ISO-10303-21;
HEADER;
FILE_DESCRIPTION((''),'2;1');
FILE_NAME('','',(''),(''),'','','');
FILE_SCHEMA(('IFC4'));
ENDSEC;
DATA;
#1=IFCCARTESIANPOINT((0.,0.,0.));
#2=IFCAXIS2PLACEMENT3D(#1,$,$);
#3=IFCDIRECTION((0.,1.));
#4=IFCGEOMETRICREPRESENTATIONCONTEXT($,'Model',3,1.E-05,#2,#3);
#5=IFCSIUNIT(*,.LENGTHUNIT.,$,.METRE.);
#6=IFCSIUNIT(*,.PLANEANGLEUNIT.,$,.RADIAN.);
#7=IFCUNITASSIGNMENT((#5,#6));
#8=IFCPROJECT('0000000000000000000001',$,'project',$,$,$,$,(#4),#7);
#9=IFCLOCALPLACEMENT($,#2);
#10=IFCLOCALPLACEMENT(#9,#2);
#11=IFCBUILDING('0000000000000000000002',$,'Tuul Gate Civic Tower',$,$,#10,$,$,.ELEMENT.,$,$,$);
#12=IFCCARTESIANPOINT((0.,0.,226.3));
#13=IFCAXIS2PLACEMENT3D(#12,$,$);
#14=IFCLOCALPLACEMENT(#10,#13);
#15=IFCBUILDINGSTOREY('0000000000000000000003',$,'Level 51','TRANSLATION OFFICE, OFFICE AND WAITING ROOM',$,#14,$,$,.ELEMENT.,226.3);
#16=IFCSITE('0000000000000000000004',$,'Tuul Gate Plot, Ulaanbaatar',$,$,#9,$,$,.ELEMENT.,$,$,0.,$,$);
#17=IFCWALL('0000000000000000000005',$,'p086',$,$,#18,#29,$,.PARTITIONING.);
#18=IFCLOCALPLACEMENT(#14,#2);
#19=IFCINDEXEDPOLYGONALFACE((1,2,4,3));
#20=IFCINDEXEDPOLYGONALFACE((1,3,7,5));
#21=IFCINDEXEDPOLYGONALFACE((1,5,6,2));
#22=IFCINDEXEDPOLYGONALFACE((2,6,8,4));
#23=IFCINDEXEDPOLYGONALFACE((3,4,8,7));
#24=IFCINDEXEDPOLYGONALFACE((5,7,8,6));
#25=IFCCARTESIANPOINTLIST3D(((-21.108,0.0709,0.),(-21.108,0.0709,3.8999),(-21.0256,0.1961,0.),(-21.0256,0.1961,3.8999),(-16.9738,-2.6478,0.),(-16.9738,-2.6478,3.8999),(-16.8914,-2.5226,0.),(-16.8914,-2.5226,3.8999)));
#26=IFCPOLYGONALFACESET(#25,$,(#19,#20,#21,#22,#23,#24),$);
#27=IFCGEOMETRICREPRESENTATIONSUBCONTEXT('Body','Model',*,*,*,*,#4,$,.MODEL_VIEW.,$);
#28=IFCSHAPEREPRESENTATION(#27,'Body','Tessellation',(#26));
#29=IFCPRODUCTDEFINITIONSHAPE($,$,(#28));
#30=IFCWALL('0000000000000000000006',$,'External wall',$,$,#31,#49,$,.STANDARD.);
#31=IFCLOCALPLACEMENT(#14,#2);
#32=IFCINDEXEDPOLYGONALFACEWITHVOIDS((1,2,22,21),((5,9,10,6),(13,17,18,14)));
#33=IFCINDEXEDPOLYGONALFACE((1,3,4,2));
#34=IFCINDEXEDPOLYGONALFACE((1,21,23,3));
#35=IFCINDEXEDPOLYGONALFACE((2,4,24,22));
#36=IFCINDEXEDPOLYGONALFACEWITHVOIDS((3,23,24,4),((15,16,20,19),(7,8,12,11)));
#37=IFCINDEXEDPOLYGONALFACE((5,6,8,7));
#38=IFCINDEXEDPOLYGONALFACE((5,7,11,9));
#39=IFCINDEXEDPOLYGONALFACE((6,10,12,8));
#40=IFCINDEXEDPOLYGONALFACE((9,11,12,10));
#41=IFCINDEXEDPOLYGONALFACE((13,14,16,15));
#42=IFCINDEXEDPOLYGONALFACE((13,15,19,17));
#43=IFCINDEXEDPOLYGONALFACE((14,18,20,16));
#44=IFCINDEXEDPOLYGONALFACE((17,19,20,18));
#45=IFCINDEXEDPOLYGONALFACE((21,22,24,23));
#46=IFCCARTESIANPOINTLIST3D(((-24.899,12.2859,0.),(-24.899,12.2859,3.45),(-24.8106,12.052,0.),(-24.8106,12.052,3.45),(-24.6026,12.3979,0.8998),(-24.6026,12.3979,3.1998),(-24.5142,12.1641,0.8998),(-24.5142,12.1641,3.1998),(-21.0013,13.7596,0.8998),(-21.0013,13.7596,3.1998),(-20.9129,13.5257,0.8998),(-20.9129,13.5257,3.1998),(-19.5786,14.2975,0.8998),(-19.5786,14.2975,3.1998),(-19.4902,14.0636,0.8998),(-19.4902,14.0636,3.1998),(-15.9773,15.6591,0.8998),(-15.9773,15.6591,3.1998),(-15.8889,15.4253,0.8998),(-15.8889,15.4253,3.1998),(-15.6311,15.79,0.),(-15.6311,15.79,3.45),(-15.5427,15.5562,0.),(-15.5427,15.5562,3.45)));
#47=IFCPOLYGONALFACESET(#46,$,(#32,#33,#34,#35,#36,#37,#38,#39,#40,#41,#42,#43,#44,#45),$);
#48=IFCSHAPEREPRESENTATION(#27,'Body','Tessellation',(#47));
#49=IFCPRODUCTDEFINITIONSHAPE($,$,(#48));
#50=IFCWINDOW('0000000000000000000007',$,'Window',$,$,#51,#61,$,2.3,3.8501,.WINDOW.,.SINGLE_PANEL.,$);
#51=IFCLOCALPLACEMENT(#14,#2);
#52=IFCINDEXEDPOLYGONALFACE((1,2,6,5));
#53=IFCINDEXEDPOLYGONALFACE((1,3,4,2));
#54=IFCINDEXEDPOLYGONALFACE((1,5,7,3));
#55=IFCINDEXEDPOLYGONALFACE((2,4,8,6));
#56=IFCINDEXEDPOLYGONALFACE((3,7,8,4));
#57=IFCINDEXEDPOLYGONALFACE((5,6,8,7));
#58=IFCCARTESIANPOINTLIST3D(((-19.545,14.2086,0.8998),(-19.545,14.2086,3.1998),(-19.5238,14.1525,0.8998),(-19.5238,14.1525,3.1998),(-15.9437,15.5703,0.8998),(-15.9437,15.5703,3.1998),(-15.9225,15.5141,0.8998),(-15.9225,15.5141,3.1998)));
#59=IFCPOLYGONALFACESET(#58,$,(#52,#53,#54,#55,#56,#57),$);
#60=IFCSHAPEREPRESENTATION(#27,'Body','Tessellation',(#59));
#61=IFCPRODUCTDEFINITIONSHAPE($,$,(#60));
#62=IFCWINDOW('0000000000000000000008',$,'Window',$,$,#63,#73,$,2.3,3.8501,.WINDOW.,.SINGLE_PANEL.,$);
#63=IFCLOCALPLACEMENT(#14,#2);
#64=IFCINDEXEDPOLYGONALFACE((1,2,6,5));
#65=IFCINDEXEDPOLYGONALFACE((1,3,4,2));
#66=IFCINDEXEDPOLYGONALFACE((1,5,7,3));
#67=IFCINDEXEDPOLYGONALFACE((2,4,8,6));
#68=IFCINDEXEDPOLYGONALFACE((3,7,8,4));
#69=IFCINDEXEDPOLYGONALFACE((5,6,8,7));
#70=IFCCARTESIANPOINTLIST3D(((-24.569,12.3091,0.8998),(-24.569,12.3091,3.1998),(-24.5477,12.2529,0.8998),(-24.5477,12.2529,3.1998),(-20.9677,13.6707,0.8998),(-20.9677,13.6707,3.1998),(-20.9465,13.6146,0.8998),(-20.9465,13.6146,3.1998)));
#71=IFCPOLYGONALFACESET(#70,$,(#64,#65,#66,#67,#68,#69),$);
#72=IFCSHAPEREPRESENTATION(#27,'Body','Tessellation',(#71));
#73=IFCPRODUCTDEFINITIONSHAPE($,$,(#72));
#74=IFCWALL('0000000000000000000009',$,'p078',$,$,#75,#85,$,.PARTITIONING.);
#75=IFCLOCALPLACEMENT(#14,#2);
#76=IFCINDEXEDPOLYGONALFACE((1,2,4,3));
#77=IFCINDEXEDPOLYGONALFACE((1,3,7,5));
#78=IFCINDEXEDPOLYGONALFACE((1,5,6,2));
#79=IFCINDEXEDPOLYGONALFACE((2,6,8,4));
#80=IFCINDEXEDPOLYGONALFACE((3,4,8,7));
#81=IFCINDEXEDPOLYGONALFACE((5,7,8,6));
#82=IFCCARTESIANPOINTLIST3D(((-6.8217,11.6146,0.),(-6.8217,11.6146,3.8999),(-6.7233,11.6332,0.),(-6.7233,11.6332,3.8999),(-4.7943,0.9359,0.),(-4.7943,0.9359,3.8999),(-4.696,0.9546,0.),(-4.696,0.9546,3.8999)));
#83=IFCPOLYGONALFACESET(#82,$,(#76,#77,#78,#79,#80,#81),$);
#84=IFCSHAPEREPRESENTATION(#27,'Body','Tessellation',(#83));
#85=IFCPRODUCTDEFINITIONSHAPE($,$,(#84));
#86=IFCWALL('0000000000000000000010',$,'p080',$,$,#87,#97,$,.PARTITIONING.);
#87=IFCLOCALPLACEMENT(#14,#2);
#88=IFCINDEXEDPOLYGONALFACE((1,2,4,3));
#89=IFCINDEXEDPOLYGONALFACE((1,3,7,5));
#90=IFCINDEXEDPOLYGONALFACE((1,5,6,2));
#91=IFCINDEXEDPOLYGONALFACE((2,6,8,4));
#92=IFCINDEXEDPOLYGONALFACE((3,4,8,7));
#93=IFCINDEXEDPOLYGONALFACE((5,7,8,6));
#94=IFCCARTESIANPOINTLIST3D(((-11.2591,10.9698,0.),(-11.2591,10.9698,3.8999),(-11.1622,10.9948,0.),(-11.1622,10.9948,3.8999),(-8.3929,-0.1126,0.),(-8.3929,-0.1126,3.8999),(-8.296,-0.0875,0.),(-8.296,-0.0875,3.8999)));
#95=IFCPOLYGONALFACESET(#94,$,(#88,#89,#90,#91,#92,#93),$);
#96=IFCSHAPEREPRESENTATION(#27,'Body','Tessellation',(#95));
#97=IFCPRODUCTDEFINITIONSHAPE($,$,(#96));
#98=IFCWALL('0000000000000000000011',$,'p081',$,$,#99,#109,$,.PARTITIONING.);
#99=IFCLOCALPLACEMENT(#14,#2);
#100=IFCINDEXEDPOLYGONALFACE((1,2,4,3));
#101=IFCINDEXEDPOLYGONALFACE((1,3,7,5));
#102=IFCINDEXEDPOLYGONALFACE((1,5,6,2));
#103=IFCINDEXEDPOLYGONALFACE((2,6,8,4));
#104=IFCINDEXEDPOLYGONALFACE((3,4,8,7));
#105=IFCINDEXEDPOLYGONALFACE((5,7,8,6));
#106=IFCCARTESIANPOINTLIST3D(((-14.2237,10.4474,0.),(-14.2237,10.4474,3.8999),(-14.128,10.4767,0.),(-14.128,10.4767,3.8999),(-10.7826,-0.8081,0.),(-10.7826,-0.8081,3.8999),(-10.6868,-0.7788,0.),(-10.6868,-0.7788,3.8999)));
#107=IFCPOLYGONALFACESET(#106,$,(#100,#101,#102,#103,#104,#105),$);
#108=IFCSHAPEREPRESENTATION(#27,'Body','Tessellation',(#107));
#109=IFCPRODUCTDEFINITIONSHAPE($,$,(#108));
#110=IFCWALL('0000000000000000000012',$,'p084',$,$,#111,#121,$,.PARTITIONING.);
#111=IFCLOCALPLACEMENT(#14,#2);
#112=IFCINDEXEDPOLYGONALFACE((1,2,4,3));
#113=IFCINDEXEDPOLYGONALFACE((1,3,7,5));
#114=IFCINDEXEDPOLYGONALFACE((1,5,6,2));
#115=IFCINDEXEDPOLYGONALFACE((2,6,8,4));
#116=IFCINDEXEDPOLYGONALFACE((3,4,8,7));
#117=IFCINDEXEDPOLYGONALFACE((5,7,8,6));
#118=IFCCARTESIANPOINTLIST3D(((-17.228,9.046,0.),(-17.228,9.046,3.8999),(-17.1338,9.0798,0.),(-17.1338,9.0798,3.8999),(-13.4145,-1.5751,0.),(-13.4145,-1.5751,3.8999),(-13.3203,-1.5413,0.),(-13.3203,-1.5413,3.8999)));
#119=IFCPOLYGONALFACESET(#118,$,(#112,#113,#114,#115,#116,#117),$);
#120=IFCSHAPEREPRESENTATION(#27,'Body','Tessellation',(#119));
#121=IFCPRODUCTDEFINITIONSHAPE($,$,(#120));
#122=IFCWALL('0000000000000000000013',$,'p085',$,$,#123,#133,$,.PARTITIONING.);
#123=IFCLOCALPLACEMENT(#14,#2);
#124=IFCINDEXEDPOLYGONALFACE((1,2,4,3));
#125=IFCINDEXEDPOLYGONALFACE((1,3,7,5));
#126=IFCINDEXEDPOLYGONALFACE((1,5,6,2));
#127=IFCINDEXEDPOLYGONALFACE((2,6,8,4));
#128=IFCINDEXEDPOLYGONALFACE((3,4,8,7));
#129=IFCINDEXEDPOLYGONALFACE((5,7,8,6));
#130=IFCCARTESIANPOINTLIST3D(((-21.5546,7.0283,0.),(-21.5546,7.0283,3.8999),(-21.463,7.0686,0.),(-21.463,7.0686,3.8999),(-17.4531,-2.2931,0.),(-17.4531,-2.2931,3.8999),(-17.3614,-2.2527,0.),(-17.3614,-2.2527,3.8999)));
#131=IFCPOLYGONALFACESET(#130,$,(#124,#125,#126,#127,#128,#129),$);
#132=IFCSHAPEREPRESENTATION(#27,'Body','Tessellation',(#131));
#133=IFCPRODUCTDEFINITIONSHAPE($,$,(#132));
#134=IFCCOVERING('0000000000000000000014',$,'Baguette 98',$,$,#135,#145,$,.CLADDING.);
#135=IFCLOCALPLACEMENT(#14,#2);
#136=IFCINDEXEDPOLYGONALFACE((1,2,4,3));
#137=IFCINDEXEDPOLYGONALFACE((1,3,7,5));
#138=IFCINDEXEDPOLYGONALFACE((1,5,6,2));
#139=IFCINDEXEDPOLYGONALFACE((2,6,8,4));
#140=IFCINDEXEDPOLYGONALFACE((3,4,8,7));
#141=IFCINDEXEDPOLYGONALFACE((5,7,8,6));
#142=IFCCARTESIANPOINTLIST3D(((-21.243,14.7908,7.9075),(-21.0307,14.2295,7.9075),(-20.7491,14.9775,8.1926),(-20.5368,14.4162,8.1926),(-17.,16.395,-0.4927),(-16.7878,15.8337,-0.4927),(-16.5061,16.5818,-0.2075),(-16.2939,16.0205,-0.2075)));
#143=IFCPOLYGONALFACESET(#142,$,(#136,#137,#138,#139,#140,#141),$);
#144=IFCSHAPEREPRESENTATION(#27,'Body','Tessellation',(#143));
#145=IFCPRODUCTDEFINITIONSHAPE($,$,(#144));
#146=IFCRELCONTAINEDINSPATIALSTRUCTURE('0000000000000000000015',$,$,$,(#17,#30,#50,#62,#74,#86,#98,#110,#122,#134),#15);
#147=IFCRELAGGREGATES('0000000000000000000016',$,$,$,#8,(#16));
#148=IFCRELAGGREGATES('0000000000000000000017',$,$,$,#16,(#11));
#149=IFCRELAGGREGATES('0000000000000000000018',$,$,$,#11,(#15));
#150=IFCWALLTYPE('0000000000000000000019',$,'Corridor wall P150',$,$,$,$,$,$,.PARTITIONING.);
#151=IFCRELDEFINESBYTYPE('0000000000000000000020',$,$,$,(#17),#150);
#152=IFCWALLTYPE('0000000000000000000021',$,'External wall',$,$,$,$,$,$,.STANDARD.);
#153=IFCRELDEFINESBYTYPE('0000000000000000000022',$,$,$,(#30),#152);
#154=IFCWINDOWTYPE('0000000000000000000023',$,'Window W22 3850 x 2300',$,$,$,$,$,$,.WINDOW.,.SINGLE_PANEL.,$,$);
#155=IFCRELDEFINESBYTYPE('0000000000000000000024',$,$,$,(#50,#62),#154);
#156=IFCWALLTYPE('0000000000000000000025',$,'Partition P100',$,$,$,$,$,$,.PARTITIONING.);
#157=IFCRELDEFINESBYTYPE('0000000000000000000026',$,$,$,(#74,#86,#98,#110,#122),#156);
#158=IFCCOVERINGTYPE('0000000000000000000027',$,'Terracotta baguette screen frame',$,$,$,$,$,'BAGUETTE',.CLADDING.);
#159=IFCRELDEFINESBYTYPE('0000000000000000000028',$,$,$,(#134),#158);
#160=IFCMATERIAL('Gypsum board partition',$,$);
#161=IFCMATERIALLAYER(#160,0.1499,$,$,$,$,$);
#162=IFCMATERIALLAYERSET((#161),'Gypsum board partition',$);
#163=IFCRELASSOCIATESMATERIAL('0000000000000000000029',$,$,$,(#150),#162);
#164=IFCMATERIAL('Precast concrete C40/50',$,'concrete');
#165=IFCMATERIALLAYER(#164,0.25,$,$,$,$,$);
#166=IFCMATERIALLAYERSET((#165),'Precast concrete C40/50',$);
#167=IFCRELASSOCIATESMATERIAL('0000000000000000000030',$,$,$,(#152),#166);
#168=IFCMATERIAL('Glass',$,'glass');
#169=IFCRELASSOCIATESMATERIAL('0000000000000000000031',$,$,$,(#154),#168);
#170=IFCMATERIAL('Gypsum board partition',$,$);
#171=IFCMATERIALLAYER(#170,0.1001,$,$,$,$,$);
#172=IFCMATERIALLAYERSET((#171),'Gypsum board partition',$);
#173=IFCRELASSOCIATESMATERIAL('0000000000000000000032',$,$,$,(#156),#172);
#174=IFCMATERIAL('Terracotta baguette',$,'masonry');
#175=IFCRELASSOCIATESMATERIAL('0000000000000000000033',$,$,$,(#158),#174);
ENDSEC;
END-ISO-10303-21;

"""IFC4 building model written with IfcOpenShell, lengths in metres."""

from ifc_helpers import new_model, si_unit, direction, frame, frame_2d, origin, origin_2d, place, context, subcontext, project, spatial, rectangle, extrude, material, layer, layer_set, material_profile, profile_set, type_object, element, fill, save


model = new_model("IFC4")

# Units and contexts
model_context = context("Model", 3, precision=1e-05, world=origin(), true_north=direction((0.0, 1.0)))
body_context = subcontext(model_context, "Body", "Model", "MODEL_VIEW")
ifc_project = project(units=[si_unit("LENGTHUNIT", "METRE"), si_unit("PLANEANGLEUNIT", "RADIAN")], contexts=[model_context])

# Site, building, storey
site_placement = place(None, origin())
site = spatial("IfcSite", under=ifc_project, at=site_placement, Name="Tuul Gate Plot, Ulaanbaatar", CompositionType="ELEMENT", RefElevation=0.0)
building_placement = place(site_placement, origin())
building = spatial("IfcBuilding", under=site, at=building_placement, Name="Tuul Gate Civic Tower", CompositionType="ELEMENT")
storey_placement = place(building_placement, frame((0.0, 0.0, 226.3)))
storey = spatial("IfcBuildingStorey", under=building, at=storey_placement, Name="Level 51", Description="TRANSLATION OFFICE, OFFICE AND WAITING ROOM", CompositionType="ELEMENT", Elevation=226.3)

# Shared definitions
ifc_material_1 = material(Name="Gypsum board partition")
ifc_layer_1 = layer(ifc_material_1, 0.1499)
ifc_layer_set_1 = layer_set([ifc_layer_1], Name="Gypsum board partition")
wall_type_1 = type_object("IfcWallType", Name="Corridor wall P150", PredefinedType="PARTITIONING", material=ifc_layer_set_1)

# Wall
wall_1_placement = place(storey_placement, frame((-21.0669, 0.1335, 0.0), z_axis=(0.0, 0.0, 1.0), x_axis=(0.835526, -0.549452, 0.0)))
element("IfcWall", 1, at=wall_1_placement, inside=storey, type_object=wall_type_1, Name="p086", PredefinedType="PARTITIONING", context=body_context, shape_type="SweptSolid", body=[
    extrude(rectangle(XDim=4.948, YDim=0.1499, at=frame_2d((2.4741, 0.0))), origin(), (0.0, 0.0, 1.0), 3.8999),
])

# Wall, openings, windows
ifc_material_2 = material(Name="Precast concrete C40/50", Category="concrete")
ifc_layer_2 = layer(ifc_material_2, 0.25)
ifc_layer_set_2 = layer_set([ifc_layer_2], Name="Precast concrete C40/50")
wall_type_2 = type_object("IfcWallType", Name="External wall", PredefinedType="STANDARD", material=ifc_layer_set_2)
wall_2_placement = place(storey_placement, frame((-15.5869, 15.6731, 0.0), z_axis=(0.0, 0.0, 1.0), x_axis=(-0.935373, -0.353663, 0.0)))
wall_2 = element("IfcWall", 2, at=wall_2_placement, inside=storey, type_object=wall_type_2, Name="External wall", PredefinedType="STANDARD", context=body_context, shape_type="SweptSolid", body=[
    extrude(rectangle(XDim=9.9082, YDim=0.25, at=frame_2d((4.9541, 0.0))), origin(), (0.0, 0.0, 1.0), 3.45),
])
opening_1_placement = place(wall_2_placement, frame((0.3701, 0.0, 0.8999)))
opening_1 = element("IfcOpeningElement", 3, at=opening_1_placement, cuts=wall_2, PredefinedType="OPENING", context=body_context, shape_type="SweptSolid", body=[
    extrude(rectangle(XDim=3.8501, YDim=2.3, at=frame_2d((1.925, 1.1499))), frame((0.0, 0.135, 0.0), z_axis=(0.0, -1.0, 0.0), x_axis=(1.0, 0.0, 0.0)), (0.0, 0.0, 1.0), 0.27),
])
opening_2_placement = place(wall_2_placement, frame((5.7412, 0.0, 0.8999)))
opening_2 = element("IfcOpeningElement", 4, at=opening_2_placement, cuts=wall_2, PredefinedType="OPENING", context=body_context, shape_type="SweptSolid", body=[
    extrude(rectangle(XDim=3.8501, YDim=2.3, at=frame_2d((1.925, 1.1499))), frame((0.0, 0.135, 0.0), z_axis=(0.0, -1.0, 0.0), x_axis=(1.0, 0.0, 0.0)), (0.0, 0.0, 1.0), 0.27),
])
ifc_material_3 = material(Name="Glass", Category="glass")
window_type = type_object("IfcWindowType", Name="Window W22 3850 x 2300", PartitioningType="SINGLE_PANEL", PredefinedType="WINDOW", material=ifc_material_3)
window_1_placement = place(opening_1_placement, origin())
window_1 = element("IfcWindow", 5, at=window_1_placement, inside=storey, type_object=window_type, Name="Window", OverallHeight=2.3, OverallWidth=3.8501, PartitioningType="SINGLE_PANEL", PredefinedType="WINDOW", context=body_context, shape_type="SweptSolid", body=[
    extrude(rectangle(XDim=3.8501, YDim=2.3, at=frame_2d((1.925, 1.1499))), frame((0.0, 0.03, 0.0), z_axis=(0.0, -1.0, 0.0), x_axis=(1.0, 0.0, 0.0)), (0.0, 0.0, 1.0), 0.0601),
])
fill(opening_1, window_1)
window_2_placement = place(opening_2_placement, origin())
window_2 = element("IfcWindow", 6, at=window_2_placement, inside=storey, type_object=window_type, Name="Window", OverallHeight=2.3, OverallWidth=3.8501, PartitioningType="SINGLE_PANEL", PredefinedType="WINDOW", context=body_context, shape_type="SweptSolid", body=[
    extrude(rectangle(XDim=3.8501, YDim=2.3, at=frame_2d((1.925, 1.1499))), frame((0.0, 0.03, 0.0), z_axis=(0.0, -1.0, 0.0), x_axis=(1.0, 0.0, 0.0)), (0.0, 0.0, 1.0), 0.0601),
])
fill(opening_2, window_2)

# Walls
ifc_material_4 = material(Name="Gypsum board partition")
ifc_layer_3 = layer(ifc_material_4, 0.1001)
ifc_layer_set_3 = layer_set([ifc_layer_3], Name="Gypsum board partition")
wall_type_3 = type_object("IfcWallType", Name="Partition P100", PredefinedType="PARTITIONING", material=ifc_layer_set_3)
wall_3_placement = place(storey_placement, frame((-6.7725, 11.6238, 0.0), z_axis=(0.0, 0.0, 1.0), x_axis=(0.186518, -0.982452, 0.0)))
element("IfcWall", 7, at=wall_3_placement, inside=storey, type_object=wall_type_3, Name="p078", PredefinedType="PARTITIONING", context=body_context, shape_type="SweptSolid", body=[
    extrude(rectangle(XDim=10.8694, YDim=0.1001, at=frame_2d((5.4346, 0.0))), origin(), (0.0, 0.0, 1.0), 3.8999),
])
wall_4_placement = place(storey_placement, frame((-11.2107, 10.9824, 0.0), z_axis=(0.0, 0.0, 1.0), x_axis=(0.250391, -0.968145, 0.0)))
element("IfcWall", 8, at=wall_4_placement, inside=storey, type_object=wall_type_3, Name="p080", PredefinedType="PARTITIONING", context=body_context, shape_type="SweptSolid", body=[
    extrude(rectangle(XDim=11.447, YDim=0.1001, at=frame_2d((5.7236, 0.0))), origin(), (0.0, 0.0, 1.0), 3.8999),
])
wall_5_placement = place(storey_placement, frame((-14.1758, 10.4619, 0.0), z_axis=(0.0, 0.0, 1.0), x_axis=(0.29237, -0.956305, 0.0)))
element("IfcWall", 9, at=wall_5_placement, inside=storey, type_object=wall_type_3, Name="p081", PredefinedType="PARTITIONING", context=body_context, shape_type="SweptSolid", body=[
    extrude(rectangle(XDim=11.7698, YDim=0.1001, at=frame_2d((5.8848, 0.0))), origin(), (0.0, 0.0, 1.0), 3.8999),
])
wall_6_placement = place(storey_placement, frame((-17.1809, 9.063, 0.0), z_axis=(0.0, 0.0, 1.0), x_axis=(0.337926, -0.941173, 0.0)))
element("IfcWall", 10, at=wall_6_placement, inside=storey, type_object=wall_type_3, Name="p084", PredefinedType="PARTITIONING", context=body_context, shape_type="SweptSolid", body=[
    extrude(rectangle(XDim=11.2849, YDim=0.1001, at=frame_2d((5.6426, 0.0))), origin(), (0.0, 0.0, 1.0), 3.8999),
])
wall_7_placement = place(storey_placement, frame((-21.5088, 7.0483, 0.0), z_axis=(0.0, 0.0, 1.0), x_axis=(0.402755, -0.915308, 0.0)))
element("IfcWall", 11, at=wall_7_placement, inside=storey, type_object=wall_type_3, Name="p085", PredefinedType="PARTITIONING", context=body_context, shape_type="SweptSolid", body=[
    extrude(rectangle(XDim=10.1838, YDim=0.1001, at=frame_2d((5.0918, 0.0))), origin(), (0.0, 0.0, 1.0), 3.8999),
])

# Covering
ifc_material_5 = material(Name="Terracotta baguette", Category="masonry")
ifc_material_profile_1 = material_profile(ifc_material_5, rectangle(XDim=0.6001, YDim=0.6001, at=origin_2d()), Name="Terracotta baguette screen frame")
ifc_profile_set_1 = profile_set([ifc_material_profile_1], Name="Terracotta baguette")
covering_type = type_object("IfcCoveringType", Name="Terracotta baguette screen frame", ElementType="BAGUETTE", PredefinedType="CLADDING", material=ifc_profile_set_1)
covering_placement = place(storey_placement, frame((-20.8899, 14.6035, 8.05), z_axis=(0.444441, 0.168043, -0.879906), x_axis=(-0.353664, 0.935372, 0.0)))
element("IfcCovering", 12, at=covering_placement, inside=storey, type_object=covering_type, Name="Baguette 98", PredefinedType="CLADDING", context=body_context, shape_type="SweptSolid", body=[
    extrude(rectangle(XDim=0.6001, YDim=0.6001, at=origin_2d()), origin(), (0.0, 0.0, 1.0), 9.5466),
])

save(model, "model.ifc")
